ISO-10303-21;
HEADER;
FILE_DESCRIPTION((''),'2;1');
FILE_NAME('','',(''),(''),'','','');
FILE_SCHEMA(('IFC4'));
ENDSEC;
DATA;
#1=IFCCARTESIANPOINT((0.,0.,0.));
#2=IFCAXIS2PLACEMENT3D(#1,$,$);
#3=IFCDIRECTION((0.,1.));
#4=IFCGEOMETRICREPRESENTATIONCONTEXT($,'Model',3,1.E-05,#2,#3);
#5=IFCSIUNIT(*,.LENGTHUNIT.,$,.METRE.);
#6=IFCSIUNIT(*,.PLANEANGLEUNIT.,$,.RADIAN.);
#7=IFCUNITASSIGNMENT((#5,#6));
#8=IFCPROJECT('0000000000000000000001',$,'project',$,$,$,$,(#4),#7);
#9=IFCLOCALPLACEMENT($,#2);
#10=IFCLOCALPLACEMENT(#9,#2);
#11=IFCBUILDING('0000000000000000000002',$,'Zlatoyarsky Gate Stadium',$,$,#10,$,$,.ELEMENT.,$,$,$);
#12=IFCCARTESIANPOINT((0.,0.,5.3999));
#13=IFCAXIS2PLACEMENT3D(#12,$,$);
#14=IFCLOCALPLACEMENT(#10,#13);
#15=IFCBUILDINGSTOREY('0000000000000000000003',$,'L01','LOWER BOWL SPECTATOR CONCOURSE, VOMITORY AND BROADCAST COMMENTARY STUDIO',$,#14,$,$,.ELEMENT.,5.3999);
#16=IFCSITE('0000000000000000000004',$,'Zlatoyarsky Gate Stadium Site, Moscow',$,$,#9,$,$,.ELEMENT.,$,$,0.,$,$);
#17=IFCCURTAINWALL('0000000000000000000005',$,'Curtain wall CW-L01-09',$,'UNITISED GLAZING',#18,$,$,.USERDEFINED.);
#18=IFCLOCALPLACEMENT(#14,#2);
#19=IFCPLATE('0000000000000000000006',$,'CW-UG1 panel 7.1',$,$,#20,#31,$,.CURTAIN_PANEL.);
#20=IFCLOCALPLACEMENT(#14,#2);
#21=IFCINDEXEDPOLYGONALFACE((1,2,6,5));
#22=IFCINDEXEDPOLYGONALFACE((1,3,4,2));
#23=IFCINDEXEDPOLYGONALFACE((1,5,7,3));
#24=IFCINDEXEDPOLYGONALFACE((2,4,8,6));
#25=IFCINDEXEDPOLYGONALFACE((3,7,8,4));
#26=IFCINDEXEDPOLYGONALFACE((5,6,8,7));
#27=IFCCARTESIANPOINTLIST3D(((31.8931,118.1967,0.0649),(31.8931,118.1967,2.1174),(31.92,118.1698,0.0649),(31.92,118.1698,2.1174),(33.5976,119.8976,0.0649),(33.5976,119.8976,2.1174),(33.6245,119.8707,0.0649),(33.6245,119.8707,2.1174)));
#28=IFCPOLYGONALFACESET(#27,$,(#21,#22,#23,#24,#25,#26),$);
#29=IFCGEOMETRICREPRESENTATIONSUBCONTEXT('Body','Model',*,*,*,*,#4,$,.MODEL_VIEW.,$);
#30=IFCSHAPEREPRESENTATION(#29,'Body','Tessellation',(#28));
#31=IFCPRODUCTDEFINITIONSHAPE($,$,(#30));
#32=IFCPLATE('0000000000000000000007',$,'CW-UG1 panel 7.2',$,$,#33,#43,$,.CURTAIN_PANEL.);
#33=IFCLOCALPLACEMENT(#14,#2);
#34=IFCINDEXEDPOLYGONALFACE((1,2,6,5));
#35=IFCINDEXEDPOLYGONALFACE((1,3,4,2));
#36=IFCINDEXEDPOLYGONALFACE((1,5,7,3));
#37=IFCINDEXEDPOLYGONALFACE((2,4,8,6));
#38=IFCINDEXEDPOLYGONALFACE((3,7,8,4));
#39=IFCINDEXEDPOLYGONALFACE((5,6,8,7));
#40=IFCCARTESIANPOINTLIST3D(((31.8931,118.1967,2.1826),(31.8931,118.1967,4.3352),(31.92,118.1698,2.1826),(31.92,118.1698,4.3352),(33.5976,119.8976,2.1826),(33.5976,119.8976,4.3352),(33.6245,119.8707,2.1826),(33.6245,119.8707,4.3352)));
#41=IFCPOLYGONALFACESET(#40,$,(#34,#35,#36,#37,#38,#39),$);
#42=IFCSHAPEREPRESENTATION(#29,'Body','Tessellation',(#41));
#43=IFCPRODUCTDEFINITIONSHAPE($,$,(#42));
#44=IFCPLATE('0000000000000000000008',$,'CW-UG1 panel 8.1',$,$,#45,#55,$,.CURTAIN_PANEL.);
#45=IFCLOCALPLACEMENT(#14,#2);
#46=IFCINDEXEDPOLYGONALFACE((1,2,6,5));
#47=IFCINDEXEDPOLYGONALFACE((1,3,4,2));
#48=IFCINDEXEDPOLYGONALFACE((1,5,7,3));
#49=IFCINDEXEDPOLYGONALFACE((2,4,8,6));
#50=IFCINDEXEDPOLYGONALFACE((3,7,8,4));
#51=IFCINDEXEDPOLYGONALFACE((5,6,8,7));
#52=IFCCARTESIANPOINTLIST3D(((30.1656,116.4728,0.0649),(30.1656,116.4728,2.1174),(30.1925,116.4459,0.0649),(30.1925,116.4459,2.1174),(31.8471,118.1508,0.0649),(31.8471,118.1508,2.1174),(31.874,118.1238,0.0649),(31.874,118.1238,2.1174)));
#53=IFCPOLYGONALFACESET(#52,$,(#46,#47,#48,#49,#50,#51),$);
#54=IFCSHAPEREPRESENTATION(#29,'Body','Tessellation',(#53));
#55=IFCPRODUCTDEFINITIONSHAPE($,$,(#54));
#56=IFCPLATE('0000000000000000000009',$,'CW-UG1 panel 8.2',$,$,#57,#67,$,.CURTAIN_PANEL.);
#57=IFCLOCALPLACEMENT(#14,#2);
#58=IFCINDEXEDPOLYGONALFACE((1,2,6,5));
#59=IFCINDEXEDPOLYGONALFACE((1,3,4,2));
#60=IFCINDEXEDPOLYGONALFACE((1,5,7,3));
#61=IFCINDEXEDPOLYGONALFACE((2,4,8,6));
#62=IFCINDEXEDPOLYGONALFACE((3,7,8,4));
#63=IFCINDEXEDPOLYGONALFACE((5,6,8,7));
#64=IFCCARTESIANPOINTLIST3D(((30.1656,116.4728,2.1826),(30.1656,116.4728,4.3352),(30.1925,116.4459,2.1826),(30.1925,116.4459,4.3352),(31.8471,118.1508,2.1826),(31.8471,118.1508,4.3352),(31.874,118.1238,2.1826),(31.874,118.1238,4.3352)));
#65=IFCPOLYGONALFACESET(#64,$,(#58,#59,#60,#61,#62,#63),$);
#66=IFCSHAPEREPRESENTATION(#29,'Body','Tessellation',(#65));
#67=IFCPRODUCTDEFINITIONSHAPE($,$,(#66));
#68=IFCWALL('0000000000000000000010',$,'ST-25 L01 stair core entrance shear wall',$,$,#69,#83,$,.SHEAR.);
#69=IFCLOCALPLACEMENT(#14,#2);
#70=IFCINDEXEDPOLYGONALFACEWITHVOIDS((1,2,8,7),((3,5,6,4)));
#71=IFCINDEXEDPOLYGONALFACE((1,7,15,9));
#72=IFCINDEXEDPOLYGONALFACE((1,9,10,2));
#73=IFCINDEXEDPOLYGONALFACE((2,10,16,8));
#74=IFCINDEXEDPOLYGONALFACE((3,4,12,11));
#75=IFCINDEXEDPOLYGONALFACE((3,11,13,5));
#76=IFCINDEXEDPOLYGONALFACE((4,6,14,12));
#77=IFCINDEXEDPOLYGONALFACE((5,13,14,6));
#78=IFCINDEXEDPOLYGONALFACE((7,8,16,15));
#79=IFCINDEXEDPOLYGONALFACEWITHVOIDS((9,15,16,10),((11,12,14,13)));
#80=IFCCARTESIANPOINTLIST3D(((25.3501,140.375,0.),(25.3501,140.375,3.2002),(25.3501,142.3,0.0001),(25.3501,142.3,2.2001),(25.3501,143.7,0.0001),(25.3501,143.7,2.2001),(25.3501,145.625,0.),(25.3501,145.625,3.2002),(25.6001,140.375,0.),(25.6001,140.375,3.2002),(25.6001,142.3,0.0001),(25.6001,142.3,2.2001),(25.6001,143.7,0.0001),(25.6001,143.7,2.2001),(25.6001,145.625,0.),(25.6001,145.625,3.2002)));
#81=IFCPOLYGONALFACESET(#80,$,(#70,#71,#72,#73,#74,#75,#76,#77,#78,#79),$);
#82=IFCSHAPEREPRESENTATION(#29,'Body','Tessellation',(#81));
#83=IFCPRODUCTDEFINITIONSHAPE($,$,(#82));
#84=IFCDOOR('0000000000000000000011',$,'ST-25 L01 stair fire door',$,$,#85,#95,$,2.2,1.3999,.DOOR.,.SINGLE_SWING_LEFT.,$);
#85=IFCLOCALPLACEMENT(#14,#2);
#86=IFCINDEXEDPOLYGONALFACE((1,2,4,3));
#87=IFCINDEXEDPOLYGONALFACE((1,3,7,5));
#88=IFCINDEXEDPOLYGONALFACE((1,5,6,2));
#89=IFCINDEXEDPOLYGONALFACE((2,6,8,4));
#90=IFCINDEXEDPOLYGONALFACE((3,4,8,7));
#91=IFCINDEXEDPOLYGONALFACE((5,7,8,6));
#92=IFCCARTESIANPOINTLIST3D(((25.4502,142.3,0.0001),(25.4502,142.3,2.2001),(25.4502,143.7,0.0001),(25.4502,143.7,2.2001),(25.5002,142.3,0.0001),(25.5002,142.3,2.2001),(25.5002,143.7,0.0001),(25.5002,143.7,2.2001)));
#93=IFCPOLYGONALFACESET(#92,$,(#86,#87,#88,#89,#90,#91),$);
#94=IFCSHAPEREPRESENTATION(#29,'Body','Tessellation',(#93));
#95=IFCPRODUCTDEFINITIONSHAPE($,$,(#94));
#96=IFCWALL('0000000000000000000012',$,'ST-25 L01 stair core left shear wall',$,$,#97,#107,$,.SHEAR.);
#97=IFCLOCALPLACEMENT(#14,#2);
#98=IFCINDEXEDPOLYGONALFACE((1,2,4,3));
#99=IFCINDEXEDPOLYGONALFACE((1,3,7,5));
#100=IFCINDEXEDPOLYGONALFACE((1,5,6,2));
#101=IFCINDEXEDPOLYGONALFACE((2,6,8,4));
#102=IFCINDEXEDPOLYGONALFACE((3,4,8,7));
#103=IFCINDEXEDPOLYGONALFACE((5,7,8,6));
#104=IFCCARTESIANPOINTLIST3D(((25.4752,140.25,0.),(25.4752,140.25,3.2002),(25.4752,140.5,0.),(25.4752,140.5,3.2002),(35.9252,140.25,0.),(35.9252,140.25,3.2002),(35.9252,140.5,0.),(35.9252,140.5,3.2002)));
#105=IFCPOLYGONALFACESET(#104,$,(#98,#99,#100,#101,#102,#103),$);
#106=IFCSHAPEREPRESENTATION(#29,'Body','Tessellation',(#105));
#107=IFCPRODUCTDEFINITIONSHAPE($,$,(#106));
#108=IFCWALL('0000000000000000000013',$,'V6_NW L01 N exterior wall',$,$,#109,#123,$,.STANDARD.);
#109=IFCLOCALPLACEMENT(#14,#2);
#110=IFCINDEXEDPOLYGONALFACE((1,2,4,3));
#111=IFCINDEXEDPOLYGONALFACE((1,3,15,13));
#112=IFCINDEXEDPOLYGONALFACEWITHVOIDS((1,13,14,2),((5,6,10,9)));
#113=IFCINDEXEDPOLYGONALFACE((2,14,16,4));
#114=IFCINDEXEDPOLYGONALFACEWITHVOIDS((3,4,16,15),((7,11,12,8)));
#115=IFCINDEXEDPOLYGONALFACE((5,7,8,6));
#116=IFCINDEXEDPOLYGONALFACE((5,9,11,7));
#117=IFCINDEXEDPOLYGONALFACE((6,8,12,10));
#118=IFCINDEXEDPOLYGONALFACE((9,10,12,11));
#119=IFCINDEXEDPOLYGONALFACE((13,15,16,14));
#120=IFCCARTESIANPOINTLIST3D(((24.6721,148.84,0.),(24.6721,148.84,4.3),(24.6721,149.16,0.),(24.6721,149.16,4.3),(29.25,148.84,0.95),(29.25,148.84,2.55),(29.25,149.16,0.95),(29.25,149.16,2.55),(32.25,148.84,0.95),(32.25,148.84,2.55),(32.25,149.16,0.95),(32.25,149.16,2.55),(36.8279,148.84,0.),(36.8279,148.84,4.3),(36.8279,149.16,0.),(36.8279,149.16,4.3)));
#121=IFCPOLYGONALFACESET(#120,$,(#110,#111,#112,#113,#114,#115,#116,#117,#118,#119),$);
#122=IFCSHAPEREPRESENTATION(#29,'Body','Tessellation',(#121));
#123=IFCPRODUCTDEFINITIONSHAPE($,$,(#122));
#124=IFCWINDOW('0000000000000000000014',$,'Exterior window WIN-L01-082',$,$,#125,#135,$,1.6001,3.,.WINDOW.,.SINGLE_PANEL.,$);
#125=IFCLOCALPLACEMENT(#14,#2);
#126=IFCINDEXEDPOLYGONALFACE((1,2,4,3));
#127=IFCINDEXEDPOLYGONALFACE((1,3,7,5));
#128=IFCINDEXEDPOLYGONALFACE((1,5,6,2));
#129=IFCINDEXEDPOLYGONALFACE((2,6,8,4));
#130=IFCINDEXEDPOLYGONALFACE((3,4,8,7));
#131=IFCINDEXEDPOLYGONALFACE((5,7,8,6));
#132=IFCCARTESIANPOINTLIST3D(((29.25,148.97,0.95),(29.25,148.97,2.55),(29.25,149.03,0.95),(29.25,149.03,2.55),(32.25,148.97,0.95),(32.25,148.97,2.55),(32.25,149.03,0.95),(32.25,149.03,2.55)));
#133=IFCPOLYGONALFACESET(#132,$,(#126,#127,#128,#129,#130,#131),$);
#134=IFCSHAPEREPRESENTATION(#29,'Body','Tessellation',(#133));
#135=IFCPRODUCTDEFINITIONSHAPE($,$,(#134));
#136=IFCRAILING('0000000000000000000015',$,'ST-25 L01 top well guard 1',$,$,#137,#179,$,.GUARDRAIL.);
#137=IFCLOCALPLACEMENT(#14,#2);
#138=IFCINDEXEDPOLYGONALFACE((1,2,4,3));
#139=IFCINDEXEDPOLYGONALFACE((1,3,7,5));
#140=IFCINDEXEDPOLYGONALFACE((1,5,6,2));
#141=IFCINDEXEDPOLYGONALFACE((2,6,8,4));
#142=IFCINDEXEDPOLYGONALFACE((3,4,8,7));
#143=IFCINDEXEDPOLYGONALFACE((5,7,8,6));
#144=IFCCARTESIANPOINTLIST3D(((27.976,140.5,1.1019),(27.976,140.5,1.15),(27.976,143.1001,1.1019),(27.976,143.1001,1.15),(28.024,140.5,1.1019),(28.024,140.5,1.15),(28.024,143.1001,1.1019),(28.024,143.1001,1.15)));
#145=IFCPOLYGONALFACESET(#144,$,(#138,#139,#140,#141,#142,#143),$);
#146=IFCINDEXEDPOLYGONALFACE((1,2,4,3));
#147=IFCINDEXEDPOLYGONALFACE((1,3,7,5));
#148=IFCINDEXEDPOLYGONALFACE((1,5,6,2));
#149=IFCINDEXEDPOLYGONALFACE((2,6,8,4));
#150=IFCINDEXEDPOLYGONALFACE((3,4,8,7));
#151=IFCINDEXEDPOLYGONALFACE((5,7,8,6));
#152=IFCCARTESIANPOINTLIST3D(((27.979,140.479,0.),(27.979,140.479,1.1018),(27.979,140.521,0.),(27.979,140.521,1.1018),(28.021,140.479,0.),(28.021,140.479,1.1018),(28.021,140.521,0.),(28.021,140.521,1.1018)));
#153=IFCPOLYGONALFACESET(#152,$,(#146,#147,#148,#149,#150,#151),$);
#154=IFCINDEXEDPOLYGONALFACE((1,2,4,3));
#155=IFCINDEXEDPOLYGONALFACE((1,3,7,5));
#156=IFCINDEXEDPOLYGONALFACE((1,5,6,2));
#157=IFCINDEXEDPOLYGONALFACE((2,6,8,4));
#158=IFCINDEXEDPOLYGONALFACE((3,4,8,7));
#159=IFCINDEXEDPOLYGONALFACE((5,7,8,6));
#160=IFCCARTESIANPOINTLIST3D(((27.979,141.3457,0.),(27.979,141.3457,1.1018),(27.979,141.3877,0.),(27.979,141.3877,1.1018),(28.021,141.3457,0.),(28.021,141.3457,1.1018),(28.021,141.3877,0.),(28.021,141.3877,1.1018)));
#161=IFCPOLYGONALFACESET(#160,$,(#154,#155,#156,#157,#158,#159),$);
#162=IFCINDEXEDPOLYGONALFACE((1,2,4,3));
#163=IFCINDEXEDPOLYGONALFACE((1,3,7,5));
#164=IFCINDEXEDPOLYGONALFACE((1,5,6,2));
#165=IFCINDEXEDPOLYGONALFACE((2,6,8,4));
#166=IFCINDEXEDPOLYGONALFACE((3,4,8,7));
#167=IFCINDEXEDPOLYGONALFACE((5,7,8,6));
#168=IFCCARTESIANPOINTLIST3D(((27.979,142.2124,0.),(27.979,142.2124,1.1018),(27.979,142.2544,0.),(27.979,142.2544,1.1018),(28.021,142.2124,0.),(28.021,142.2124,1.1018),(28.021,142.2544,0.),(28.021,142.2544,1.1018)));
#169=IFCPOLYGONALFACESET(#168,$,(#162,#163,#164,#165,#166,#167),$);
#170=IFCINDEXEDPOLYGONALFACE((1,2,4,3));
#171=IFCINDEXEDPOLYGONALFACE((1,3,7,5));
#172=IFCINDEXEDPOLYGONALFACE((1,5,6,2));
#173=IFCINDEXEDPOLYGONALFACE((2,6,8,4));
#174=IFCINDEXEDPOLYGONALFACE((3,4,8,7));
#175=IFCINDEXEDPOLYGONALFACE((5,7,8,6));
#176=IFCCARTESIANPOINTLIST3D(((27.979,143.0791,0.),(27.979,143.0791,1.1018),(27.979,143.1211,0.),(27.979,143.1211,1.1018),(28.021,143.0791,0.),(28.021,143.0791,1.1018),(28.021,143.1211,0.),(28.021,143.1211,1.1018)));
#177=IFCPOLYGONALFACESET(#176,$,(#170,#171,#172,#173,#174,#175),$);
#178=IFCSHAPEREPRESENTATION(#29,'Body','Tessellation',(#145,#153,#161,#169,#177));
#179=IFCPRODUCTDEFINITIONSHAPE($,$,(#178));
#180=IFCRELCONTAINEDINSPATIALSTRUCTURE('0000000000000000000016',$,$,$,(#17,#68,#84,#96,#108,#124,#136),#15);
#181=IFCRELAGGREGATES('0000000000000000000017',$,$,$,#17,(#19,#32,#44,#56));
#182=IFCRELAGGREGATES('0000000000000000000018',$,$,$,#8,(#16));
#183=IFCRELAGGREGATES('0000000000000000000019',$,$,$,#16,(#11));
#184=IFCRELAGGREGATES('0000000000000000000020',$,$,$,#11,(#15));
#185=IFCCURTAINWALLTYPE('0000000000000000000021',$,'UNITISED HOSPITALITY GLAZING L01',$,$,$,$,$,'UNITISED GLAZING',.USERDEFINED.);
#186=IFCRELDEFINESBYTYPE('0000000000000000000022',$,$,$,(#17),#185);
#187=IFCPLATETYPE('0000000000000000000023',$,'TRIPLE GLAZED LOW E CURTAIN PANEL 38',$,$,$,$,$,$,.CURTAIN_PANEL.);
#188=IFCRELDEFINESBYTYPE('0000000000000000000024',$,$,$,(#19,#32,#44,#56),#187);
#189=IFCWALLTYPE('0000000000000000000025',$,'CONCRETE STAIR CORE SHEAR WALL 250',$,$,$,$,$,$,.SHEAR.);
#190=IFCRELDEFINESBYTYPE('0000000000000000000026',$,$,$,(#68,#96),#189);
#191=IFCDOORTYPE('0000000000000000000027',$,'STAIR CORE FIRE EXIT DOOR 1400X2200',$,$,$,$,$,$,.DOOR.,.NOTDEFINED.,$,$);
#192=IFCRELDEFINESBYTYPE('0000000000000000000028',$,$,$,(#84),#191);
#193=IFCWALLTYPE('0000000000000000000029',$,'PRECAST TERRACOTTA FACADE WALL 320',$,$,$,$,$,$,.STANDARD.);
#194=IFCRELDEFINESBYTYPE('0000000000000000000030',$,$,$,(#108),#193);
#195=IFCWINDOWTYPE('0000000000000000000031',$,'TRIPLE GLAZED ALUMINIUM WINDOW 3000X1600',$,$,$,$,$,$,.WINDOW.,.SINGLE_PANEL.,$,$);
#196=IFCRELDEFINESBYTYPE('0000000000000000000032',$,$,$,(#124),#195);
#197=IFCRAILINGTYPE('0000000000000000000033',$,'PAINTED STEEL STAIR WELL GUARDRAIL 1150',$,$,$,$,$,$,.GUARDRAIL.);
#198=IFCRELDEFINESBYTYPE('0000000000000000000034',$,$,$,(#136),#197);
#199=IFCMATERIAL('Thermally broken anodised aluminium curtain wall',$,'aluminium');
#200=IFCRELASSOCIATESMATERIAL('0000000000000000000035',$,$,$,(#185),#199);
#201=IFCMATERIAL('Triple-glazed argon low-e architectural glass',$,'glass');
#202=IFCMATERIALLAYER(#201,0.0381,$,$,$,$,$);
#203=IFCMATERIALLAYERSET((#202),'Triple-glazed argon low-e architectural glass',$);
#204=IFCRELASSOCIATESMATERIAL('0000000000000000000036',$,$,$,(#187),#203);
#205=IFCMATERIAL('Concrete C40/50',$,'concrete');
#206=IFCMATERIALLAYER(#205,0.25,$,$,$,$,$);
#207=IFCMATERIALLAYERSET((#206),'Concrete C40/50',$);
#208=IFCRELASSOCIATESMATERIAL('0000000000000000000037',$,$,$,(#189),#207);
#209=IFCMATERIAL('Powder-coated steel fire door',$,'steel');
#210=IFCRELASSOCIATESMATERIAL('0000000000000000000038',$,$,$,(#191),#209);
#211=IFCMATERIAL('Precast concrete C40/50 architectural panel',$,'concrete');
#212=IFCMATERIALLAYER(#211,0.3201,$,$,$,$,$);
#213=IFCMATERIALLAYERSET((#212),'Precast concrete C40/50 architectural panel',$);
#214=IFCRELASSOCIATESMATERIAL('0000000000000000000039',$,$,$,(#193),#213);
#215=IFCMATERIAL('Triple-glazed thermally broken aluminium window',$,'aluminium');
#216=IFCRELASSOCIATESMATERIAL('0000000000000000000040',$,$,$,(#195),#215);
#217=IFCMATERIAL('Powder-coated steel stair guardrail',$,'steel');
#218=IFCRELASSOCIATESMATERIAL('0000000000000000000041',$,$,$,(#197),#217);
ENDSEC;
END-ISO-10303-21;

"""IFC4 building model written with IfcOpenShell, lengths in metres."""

from ifc_helpers import new_model, si_unit, direction, frame, frame_2d, origin, origin_2d, place, context, subcontext, project, spatial, rectangle, extrude, material, layer, layer_set, type_object, element, fill, aggregate, save


model = new_model("IFC4")

# Units and contexts
model_context = context("Model", 3, precision=1e-05, world=origin(), true_north=direction((0.0, 1.0)))
body_context = subcontext(model_context, "Body", "Model", "MODEL_VIEW")
ifc_project = project(units=[si_unit("LENGTHUNIT", "METRE"), si_unit("PLANEANGLEUNIT", "RADIAN")], contexts=[model_context])

# Site, building, storey
site_placement = place(None, origin())
site = spatial("IfcSite", under=ifc_project, at=site_placement, Name="Zlatoyarsky Gate Stadium Site, Moscow", CompositionType="ELEMENT", RefElevation=0.0)
building_placement = place(site_placement, origin())
building = spatial("IfcBuilding", under=site, at=building_placement, Name="Zlatoyarsky Gate Stadium", CompositionType="ELEMENT")
storey_placement = place(building_placement, frame((0.0, 0.0, 5.3999)))
storey = spatial("IfcBuildingStorey", under=building, at=storey_placement, Name="L01", Description="LOWER BOWL SPECTATOR CONCOURSE, VOMITORY AND BROADCAST COMMENTARY STUDIO", CompositionType="ELEMENT", Elevation=5.3999)

# Curtain wall
ifc_material_1 = material(Name="Thermally broken anodised aluminium curtain wall", Category="aluminium")
curtain_wall_type = type_object("IfcCurtainWallType", Name="UNITISED HOSPITALITY GLAZING L01", ElementType="UNITISED GLAZING", PredefinedType="USERDEFINED", material=ifc_material_1)
curtain_wall_placement = place(storey_placement, origin())
curtain_wall = element("IfcCurtainWall", 1, at=curtain_wall_placement, inside=storey, type_object=curtain_wall_type, Name="Curtain wall CW-L01-09", ObjectType="UNITISED GLAZING", PredefinedType="USERDEFINED")

# Plates
ifc_material_2 = material(Name="Triple-glazed argon low-e architectural glass", Category="glass")
ifc_layer_1 = layer(ifc_material_2, 0.0381)
ifc_layer_set_1 = layer_set([ifc_layer_1], Name="Triple-glazed argon low-e architectural glass")
plate_type_1 = type_object("IfcPlateType", Name="TRIPLE GLAZED LOW E CURTAIN PANEL 38", PredefinedType="CURTAIN_PANEL", material=ifc_layer_set_1)
plate_1_placement = place(storey_placement, frame((32.7588, 119.0337, 0.0649), z_axis=(0.0, 0.0, 1.0), x_axis=(-0.707842, -0.706371, 0.0)))
plate_1 = element("IfcPlate", 2, at=plate_1_placement, type_object=plate_type_1, Name="CW-UG1 panel 7.1", PredefinedType="CURTAIN_PANEL", context=body_context, shape_type="SweptSolid", body=[
    extrude(rectangle(XDim=2.408, YDim=0.0381, at=origin_2d()), origin(), (0.0, 0.0, 1.0), 2.0525),
])
plate_2_placement = place(storey_placement, frame((32.7588, 119.0337, 2.1826), z_axis=(0.0, 0.0, 1.0), x_axis=(-0.707842, -0.706371, 0.0)))
plate_2 = element("IfcPlate", 3, at=plate_2_placement, type_object=plate_type_1, Name="CW-UG1 panel 7.2", PredefinedType="CURTAIN_PANEL", context=body_context, shape_type="SweptSolid", body=[
    extrude(rectangle(XDim=2.408, YDim=0.0381, at=origin_2d()), origin(), (0.0, 0.0, 1.0), 2.1526),
])
plate_3_placement = place(storey_placement, frame((31.0198, 117.2983, 0.0649), z_axis=(0.0, 0.0, 1.0), x_axis=(-0.707842, -0.706371, 0.0)))
plate_3 = element("IfcPlate", 4, at=plate_3_placement, type_object=plate_type_1, Name="CW-UG1 panel 8.1", PredefinedType="CURTAIN_PANEL", context=body_context, shape_type="SweptSolid", body=[
    extrude(rectangle(XDim=2.3755, YDim=0.0381, at=origin_2d()), origin(), (0.0, 0.0, 1.0), 2.0525),
])
plate_4_placement = place(storey_placement, frame((31.0198, 117.2983, 2.1826), z_axis=(0.0, 0.0, 1.0), x_axis=(-0.707842, -0.706371, 0.0)))
plate_4 = element("IfcPlate", 5, at=plate_4_placement, type_object=plate_type_1, Name="CW-UG1 panel 8.2", PredefinedType="CURTAIN_PANEL", context=body_context, shape_type="SweptSolid", body=[
    extrude(rectangle(XDim=2.3755, YDim=0.0381, at=origin_2d()), origin(), (0.0, 0.0, 1.0), 2.1526),
])
aggregate(curtain_wall, [plate_1, plate_2, plate_3, plate_4])

# Wall, opening, door
ifc_material_3 = material(Name="Concrete C40/50", Category="concrete")
ifc_layer_2 = layer(ifc_material_3, 0.25)
ifc_layer_set_2 = layer_set([ifc_layer_2], Name="Concrete C40/50")
wall_type_1 = type_object("IfcWallType", Name="CONCRETE STAIR CORE SHEAR WALL 250", PredefinedType="SHEAR", material=ifc_layer_set_2)
wall_1_placement = place(storey_placement, frame((25.4751, 145.625, 0.0), z_axis=(0.0, 0.0, 1.0), x_axis=(0.0, -1.0, 0.0)))
wall_1 = element("IfcWall", 6, at=wall_1_placement, inside=storey, type_object=wall_type_1, Name="ST-25 L01 stair core entrance shear wall", PredefinedType="SHEAR", context=body_context, shape_type="SweptSolid", body=[
    extrude(rectangle(XDim=5.25, YDim=0.25, at=frame_2d((2.625, 0.0))), origin(), (0.0, 0.0, 1.0), 3.2002),
])
opening_1_placement = place(wall_1_placement, frame((1.925, 0.0, 0.0)))
opening_1 = element("IfcOpeningElement", 7, at=opening_1_placement, cuts=wall_1, PredefinedType="OPENING", context=body_context, shape_type="SweptSolid", body=[
    extrude(rectangle(XDim=1.3999, YDim=2.2, at=frame_2d((0.7, 1.1001))), frame((0.0, 0.135, 0.0), z_axis=(0.0, -1.0, 0.0), x_axis=(1.0, 0.0, 0.0)), (0.0, 0.0, 1.0), 0.27),
])
ifc_material_4 = material(Name="Powder-coated steel fire door", Category="steel")
door_type = type_object("IfcDoorType", Name="STAIR CORE FIRE EXIT DOOR 1400X2200", OperationType="NOTDEFINED", PredefinedType="DOOR", material=ifc_material_4)
door_placement = place(opening_1_placement, frame((1.3999, 0.0, 0.0), z_axis=(0.0, 0.0, 1.0), x_axis=(-1.0, 0.0, 0.0)))
door = element("IfcDoor", 8, at=door_placement, inside=storey, type_object=door_type, Name="ST-25 L01 stair fire door", OperationType="SINGLE_SWING_LEFT", OverallHeight=2.2, OverallWidth=1.3999, PredefinedType="DOOR", context=body_context, shape_type="SweptSolid", body=[
    extrude(rectangle(XDim=1.3999, YDim=2.2, at=frame_2d((0.7, 1.1001))), frame((0.0, 0.0249, 0.0), z_axis=(0.0, -1.0, 0.0), x_axis=(1.0, 0.0, 0.0)), (0.0, 0.0, 1.0), 0.05),
])
fill(opening_1, door)

# Wall
wall_2_placement = place(storey_placement, frame((25.4751, 140.375, 0.0), z_axis=(0.0, 0.0, 1.0), x_axis=(1.0, 0.0, 0.0)))
element("IfcWall", 9, at=wall_2_placement, inside=storey, type_object=wall_type_1, Name="ST-25 L01 stair core left shear wall", PredefinedType="SHEAR", context=body_context, shape_type="SweptSolid", body=[
    extrude(rectangle(XDim=10.45, YDim=0.25, at=frame_2d((5.2251, 0.0))), origin(), (0.0, 0.0, 1.0), 3.2002),
])

# Wall, opening, window
ifc_material_5 = material(Name="Precast concrete C40/50 architectural panel", Category="concrete")
ifc_layer_3 = layer(ifc_material_5, 0.3201)
ifc_layer_set_3 = layer_set([ifc_layer_3], Name="Precast concrete C40/50 architectural panel")
wall_type_2 = type_object("IfcWallType", Name="PRECAST TERRACOTTA FACADE WALL 320", PredefinedType="STANDARD", material=ifc_layer_set_3)
wall_3_placement = place(storey_placement, frame((24.6721, 149.0, 0.0), z_axis=(0.0, 0.0, 1.0), x_axis=(1.0, 0.0, 0.0)))
wall_3 = element("IfcWall", 10, at=wall_3_placement, inside=storey, type_object=wall_type_2, Name="V6_NW L01 N exterior wall", PredefinedType="STANDARD", context=body_context, shape_type="SweptSolid", body=[
    extrude(rectangle(XDim=12.1558, YDim=0.3201, at=frame_2d((6.0779, 0.0))), origin(), (0.0, 0.0, 1.0), 4.3),
])
opening_2_placement = place(wall_3_placement, frame((4.5779, 0.0, 0.95)))
opening_2 = element("IfcOpeningElement", 11, at=opening_2_placement, cuts=wall_3, PredefinedType="OPENING", context=body_context, shape_type="SweptSolid", body=[
    extrude(rectangle(XDim=3.0, YDim=1.6001, at=frame_2d((1.5, 0.8))), frame((0.0, 0.1699, 0.0), z_axis=(0.0, -1.0, 0.0), x_axis=(1.0, 0.0, 0.0)), (0.0, 0.0, 1.0), 0.3401),
])
ifc_material_6 = material(Name="Triple-glazed thermally broken aluminium window", Category="aluminium")
window_type = type_object("IfcWindowType", Name="TRIPLE GLAZED ALUMINIUM WINDOW 3000X1600", PartitioningType="SINGLE_PANEL", PredefinedType="WINDOW", material=ifc_material_6)
window_placement = place(opening_2_placement, origin())
window = element("IfcWindow", 12, at=window_placement, inside=storey, type_object=window_type, Name="Exterior window WIN-L01-082", OverallHeight=1.6001, OverallWidth=3.0, PartitioningType="SINGLE_PANEL", PredefinedType="WINDOW", context=body_context, shape_type="SweptSolid", body=[
    extrude(rectangle(XDim=3.0, YDim=1.6001, at=frame_2d((1.5, 0.8))), frame((0.0, 0.03, 0.0), z_axis=(0.0, -1.0, 0.0), x_axis=(1.0, 0.0, 0.0)), (0.0, 0.0, 1.0), 0.0601),
])
fill(opening_2, window)

# Railing
ifc_material_7 = material(Name="Powder-coated steel stair guardrail", Category="steel")
railing_type_1 = type_object("IfcRailingType", Name="PAINTED STEEL STAIR WELL GUARDRAIL 1150", PredefinedType="GUARDRAIL", material=ifc_material_7)
railing_1_placement = place(storey_placement, frame((28.0, 140.5, 0.0)))
element("IfcRailing", 13, at=railing_1_placement, inside=storey, type_object=railing_type_1, Name="ST-25 L01 top well guard 1", PredefinedType="GUARDRAIL", context=body_context, shape_type="SweptSolid", body=[
    extrude(rectangle(XDim=0.0481, YDim=0.0481, at=origin_2d()), frame((0.0, 0.0, 1.126), z_axis=(0.0, 1.0, 0.0), x_axis=(-1.0, 0.0, 0.0)), (0.0, 0.0, 1.0), 2.6001),
    extrude(rectangle(XDim=0.042, YDim=0.042, at=origin_2d()), origin(), (0.0, 0.0, 1.0), 1.1018),
    extrude(rectangle(XDim=0.042, YDim=0.042, at=origin_2d()), frame((0.0, 0.8667, 0.0)), (0.0, 0.0, 1.0), 1.1018),
    extrude(rectangle(XDim=0.042, YDim=0.042, at=origin_2d()), frame((0.0, 1.7334, 0.0)), (0.0, 0.0, 1.0), 1.1018),
    extrude(rectangle(XDim=0.042, YDim=0.042, at=origin_2d()), frame((0.0, 2.6001, 0.0)), (0.0, 0.0, 1.0), 1.1018),
])

save(model, "model.ifc")
